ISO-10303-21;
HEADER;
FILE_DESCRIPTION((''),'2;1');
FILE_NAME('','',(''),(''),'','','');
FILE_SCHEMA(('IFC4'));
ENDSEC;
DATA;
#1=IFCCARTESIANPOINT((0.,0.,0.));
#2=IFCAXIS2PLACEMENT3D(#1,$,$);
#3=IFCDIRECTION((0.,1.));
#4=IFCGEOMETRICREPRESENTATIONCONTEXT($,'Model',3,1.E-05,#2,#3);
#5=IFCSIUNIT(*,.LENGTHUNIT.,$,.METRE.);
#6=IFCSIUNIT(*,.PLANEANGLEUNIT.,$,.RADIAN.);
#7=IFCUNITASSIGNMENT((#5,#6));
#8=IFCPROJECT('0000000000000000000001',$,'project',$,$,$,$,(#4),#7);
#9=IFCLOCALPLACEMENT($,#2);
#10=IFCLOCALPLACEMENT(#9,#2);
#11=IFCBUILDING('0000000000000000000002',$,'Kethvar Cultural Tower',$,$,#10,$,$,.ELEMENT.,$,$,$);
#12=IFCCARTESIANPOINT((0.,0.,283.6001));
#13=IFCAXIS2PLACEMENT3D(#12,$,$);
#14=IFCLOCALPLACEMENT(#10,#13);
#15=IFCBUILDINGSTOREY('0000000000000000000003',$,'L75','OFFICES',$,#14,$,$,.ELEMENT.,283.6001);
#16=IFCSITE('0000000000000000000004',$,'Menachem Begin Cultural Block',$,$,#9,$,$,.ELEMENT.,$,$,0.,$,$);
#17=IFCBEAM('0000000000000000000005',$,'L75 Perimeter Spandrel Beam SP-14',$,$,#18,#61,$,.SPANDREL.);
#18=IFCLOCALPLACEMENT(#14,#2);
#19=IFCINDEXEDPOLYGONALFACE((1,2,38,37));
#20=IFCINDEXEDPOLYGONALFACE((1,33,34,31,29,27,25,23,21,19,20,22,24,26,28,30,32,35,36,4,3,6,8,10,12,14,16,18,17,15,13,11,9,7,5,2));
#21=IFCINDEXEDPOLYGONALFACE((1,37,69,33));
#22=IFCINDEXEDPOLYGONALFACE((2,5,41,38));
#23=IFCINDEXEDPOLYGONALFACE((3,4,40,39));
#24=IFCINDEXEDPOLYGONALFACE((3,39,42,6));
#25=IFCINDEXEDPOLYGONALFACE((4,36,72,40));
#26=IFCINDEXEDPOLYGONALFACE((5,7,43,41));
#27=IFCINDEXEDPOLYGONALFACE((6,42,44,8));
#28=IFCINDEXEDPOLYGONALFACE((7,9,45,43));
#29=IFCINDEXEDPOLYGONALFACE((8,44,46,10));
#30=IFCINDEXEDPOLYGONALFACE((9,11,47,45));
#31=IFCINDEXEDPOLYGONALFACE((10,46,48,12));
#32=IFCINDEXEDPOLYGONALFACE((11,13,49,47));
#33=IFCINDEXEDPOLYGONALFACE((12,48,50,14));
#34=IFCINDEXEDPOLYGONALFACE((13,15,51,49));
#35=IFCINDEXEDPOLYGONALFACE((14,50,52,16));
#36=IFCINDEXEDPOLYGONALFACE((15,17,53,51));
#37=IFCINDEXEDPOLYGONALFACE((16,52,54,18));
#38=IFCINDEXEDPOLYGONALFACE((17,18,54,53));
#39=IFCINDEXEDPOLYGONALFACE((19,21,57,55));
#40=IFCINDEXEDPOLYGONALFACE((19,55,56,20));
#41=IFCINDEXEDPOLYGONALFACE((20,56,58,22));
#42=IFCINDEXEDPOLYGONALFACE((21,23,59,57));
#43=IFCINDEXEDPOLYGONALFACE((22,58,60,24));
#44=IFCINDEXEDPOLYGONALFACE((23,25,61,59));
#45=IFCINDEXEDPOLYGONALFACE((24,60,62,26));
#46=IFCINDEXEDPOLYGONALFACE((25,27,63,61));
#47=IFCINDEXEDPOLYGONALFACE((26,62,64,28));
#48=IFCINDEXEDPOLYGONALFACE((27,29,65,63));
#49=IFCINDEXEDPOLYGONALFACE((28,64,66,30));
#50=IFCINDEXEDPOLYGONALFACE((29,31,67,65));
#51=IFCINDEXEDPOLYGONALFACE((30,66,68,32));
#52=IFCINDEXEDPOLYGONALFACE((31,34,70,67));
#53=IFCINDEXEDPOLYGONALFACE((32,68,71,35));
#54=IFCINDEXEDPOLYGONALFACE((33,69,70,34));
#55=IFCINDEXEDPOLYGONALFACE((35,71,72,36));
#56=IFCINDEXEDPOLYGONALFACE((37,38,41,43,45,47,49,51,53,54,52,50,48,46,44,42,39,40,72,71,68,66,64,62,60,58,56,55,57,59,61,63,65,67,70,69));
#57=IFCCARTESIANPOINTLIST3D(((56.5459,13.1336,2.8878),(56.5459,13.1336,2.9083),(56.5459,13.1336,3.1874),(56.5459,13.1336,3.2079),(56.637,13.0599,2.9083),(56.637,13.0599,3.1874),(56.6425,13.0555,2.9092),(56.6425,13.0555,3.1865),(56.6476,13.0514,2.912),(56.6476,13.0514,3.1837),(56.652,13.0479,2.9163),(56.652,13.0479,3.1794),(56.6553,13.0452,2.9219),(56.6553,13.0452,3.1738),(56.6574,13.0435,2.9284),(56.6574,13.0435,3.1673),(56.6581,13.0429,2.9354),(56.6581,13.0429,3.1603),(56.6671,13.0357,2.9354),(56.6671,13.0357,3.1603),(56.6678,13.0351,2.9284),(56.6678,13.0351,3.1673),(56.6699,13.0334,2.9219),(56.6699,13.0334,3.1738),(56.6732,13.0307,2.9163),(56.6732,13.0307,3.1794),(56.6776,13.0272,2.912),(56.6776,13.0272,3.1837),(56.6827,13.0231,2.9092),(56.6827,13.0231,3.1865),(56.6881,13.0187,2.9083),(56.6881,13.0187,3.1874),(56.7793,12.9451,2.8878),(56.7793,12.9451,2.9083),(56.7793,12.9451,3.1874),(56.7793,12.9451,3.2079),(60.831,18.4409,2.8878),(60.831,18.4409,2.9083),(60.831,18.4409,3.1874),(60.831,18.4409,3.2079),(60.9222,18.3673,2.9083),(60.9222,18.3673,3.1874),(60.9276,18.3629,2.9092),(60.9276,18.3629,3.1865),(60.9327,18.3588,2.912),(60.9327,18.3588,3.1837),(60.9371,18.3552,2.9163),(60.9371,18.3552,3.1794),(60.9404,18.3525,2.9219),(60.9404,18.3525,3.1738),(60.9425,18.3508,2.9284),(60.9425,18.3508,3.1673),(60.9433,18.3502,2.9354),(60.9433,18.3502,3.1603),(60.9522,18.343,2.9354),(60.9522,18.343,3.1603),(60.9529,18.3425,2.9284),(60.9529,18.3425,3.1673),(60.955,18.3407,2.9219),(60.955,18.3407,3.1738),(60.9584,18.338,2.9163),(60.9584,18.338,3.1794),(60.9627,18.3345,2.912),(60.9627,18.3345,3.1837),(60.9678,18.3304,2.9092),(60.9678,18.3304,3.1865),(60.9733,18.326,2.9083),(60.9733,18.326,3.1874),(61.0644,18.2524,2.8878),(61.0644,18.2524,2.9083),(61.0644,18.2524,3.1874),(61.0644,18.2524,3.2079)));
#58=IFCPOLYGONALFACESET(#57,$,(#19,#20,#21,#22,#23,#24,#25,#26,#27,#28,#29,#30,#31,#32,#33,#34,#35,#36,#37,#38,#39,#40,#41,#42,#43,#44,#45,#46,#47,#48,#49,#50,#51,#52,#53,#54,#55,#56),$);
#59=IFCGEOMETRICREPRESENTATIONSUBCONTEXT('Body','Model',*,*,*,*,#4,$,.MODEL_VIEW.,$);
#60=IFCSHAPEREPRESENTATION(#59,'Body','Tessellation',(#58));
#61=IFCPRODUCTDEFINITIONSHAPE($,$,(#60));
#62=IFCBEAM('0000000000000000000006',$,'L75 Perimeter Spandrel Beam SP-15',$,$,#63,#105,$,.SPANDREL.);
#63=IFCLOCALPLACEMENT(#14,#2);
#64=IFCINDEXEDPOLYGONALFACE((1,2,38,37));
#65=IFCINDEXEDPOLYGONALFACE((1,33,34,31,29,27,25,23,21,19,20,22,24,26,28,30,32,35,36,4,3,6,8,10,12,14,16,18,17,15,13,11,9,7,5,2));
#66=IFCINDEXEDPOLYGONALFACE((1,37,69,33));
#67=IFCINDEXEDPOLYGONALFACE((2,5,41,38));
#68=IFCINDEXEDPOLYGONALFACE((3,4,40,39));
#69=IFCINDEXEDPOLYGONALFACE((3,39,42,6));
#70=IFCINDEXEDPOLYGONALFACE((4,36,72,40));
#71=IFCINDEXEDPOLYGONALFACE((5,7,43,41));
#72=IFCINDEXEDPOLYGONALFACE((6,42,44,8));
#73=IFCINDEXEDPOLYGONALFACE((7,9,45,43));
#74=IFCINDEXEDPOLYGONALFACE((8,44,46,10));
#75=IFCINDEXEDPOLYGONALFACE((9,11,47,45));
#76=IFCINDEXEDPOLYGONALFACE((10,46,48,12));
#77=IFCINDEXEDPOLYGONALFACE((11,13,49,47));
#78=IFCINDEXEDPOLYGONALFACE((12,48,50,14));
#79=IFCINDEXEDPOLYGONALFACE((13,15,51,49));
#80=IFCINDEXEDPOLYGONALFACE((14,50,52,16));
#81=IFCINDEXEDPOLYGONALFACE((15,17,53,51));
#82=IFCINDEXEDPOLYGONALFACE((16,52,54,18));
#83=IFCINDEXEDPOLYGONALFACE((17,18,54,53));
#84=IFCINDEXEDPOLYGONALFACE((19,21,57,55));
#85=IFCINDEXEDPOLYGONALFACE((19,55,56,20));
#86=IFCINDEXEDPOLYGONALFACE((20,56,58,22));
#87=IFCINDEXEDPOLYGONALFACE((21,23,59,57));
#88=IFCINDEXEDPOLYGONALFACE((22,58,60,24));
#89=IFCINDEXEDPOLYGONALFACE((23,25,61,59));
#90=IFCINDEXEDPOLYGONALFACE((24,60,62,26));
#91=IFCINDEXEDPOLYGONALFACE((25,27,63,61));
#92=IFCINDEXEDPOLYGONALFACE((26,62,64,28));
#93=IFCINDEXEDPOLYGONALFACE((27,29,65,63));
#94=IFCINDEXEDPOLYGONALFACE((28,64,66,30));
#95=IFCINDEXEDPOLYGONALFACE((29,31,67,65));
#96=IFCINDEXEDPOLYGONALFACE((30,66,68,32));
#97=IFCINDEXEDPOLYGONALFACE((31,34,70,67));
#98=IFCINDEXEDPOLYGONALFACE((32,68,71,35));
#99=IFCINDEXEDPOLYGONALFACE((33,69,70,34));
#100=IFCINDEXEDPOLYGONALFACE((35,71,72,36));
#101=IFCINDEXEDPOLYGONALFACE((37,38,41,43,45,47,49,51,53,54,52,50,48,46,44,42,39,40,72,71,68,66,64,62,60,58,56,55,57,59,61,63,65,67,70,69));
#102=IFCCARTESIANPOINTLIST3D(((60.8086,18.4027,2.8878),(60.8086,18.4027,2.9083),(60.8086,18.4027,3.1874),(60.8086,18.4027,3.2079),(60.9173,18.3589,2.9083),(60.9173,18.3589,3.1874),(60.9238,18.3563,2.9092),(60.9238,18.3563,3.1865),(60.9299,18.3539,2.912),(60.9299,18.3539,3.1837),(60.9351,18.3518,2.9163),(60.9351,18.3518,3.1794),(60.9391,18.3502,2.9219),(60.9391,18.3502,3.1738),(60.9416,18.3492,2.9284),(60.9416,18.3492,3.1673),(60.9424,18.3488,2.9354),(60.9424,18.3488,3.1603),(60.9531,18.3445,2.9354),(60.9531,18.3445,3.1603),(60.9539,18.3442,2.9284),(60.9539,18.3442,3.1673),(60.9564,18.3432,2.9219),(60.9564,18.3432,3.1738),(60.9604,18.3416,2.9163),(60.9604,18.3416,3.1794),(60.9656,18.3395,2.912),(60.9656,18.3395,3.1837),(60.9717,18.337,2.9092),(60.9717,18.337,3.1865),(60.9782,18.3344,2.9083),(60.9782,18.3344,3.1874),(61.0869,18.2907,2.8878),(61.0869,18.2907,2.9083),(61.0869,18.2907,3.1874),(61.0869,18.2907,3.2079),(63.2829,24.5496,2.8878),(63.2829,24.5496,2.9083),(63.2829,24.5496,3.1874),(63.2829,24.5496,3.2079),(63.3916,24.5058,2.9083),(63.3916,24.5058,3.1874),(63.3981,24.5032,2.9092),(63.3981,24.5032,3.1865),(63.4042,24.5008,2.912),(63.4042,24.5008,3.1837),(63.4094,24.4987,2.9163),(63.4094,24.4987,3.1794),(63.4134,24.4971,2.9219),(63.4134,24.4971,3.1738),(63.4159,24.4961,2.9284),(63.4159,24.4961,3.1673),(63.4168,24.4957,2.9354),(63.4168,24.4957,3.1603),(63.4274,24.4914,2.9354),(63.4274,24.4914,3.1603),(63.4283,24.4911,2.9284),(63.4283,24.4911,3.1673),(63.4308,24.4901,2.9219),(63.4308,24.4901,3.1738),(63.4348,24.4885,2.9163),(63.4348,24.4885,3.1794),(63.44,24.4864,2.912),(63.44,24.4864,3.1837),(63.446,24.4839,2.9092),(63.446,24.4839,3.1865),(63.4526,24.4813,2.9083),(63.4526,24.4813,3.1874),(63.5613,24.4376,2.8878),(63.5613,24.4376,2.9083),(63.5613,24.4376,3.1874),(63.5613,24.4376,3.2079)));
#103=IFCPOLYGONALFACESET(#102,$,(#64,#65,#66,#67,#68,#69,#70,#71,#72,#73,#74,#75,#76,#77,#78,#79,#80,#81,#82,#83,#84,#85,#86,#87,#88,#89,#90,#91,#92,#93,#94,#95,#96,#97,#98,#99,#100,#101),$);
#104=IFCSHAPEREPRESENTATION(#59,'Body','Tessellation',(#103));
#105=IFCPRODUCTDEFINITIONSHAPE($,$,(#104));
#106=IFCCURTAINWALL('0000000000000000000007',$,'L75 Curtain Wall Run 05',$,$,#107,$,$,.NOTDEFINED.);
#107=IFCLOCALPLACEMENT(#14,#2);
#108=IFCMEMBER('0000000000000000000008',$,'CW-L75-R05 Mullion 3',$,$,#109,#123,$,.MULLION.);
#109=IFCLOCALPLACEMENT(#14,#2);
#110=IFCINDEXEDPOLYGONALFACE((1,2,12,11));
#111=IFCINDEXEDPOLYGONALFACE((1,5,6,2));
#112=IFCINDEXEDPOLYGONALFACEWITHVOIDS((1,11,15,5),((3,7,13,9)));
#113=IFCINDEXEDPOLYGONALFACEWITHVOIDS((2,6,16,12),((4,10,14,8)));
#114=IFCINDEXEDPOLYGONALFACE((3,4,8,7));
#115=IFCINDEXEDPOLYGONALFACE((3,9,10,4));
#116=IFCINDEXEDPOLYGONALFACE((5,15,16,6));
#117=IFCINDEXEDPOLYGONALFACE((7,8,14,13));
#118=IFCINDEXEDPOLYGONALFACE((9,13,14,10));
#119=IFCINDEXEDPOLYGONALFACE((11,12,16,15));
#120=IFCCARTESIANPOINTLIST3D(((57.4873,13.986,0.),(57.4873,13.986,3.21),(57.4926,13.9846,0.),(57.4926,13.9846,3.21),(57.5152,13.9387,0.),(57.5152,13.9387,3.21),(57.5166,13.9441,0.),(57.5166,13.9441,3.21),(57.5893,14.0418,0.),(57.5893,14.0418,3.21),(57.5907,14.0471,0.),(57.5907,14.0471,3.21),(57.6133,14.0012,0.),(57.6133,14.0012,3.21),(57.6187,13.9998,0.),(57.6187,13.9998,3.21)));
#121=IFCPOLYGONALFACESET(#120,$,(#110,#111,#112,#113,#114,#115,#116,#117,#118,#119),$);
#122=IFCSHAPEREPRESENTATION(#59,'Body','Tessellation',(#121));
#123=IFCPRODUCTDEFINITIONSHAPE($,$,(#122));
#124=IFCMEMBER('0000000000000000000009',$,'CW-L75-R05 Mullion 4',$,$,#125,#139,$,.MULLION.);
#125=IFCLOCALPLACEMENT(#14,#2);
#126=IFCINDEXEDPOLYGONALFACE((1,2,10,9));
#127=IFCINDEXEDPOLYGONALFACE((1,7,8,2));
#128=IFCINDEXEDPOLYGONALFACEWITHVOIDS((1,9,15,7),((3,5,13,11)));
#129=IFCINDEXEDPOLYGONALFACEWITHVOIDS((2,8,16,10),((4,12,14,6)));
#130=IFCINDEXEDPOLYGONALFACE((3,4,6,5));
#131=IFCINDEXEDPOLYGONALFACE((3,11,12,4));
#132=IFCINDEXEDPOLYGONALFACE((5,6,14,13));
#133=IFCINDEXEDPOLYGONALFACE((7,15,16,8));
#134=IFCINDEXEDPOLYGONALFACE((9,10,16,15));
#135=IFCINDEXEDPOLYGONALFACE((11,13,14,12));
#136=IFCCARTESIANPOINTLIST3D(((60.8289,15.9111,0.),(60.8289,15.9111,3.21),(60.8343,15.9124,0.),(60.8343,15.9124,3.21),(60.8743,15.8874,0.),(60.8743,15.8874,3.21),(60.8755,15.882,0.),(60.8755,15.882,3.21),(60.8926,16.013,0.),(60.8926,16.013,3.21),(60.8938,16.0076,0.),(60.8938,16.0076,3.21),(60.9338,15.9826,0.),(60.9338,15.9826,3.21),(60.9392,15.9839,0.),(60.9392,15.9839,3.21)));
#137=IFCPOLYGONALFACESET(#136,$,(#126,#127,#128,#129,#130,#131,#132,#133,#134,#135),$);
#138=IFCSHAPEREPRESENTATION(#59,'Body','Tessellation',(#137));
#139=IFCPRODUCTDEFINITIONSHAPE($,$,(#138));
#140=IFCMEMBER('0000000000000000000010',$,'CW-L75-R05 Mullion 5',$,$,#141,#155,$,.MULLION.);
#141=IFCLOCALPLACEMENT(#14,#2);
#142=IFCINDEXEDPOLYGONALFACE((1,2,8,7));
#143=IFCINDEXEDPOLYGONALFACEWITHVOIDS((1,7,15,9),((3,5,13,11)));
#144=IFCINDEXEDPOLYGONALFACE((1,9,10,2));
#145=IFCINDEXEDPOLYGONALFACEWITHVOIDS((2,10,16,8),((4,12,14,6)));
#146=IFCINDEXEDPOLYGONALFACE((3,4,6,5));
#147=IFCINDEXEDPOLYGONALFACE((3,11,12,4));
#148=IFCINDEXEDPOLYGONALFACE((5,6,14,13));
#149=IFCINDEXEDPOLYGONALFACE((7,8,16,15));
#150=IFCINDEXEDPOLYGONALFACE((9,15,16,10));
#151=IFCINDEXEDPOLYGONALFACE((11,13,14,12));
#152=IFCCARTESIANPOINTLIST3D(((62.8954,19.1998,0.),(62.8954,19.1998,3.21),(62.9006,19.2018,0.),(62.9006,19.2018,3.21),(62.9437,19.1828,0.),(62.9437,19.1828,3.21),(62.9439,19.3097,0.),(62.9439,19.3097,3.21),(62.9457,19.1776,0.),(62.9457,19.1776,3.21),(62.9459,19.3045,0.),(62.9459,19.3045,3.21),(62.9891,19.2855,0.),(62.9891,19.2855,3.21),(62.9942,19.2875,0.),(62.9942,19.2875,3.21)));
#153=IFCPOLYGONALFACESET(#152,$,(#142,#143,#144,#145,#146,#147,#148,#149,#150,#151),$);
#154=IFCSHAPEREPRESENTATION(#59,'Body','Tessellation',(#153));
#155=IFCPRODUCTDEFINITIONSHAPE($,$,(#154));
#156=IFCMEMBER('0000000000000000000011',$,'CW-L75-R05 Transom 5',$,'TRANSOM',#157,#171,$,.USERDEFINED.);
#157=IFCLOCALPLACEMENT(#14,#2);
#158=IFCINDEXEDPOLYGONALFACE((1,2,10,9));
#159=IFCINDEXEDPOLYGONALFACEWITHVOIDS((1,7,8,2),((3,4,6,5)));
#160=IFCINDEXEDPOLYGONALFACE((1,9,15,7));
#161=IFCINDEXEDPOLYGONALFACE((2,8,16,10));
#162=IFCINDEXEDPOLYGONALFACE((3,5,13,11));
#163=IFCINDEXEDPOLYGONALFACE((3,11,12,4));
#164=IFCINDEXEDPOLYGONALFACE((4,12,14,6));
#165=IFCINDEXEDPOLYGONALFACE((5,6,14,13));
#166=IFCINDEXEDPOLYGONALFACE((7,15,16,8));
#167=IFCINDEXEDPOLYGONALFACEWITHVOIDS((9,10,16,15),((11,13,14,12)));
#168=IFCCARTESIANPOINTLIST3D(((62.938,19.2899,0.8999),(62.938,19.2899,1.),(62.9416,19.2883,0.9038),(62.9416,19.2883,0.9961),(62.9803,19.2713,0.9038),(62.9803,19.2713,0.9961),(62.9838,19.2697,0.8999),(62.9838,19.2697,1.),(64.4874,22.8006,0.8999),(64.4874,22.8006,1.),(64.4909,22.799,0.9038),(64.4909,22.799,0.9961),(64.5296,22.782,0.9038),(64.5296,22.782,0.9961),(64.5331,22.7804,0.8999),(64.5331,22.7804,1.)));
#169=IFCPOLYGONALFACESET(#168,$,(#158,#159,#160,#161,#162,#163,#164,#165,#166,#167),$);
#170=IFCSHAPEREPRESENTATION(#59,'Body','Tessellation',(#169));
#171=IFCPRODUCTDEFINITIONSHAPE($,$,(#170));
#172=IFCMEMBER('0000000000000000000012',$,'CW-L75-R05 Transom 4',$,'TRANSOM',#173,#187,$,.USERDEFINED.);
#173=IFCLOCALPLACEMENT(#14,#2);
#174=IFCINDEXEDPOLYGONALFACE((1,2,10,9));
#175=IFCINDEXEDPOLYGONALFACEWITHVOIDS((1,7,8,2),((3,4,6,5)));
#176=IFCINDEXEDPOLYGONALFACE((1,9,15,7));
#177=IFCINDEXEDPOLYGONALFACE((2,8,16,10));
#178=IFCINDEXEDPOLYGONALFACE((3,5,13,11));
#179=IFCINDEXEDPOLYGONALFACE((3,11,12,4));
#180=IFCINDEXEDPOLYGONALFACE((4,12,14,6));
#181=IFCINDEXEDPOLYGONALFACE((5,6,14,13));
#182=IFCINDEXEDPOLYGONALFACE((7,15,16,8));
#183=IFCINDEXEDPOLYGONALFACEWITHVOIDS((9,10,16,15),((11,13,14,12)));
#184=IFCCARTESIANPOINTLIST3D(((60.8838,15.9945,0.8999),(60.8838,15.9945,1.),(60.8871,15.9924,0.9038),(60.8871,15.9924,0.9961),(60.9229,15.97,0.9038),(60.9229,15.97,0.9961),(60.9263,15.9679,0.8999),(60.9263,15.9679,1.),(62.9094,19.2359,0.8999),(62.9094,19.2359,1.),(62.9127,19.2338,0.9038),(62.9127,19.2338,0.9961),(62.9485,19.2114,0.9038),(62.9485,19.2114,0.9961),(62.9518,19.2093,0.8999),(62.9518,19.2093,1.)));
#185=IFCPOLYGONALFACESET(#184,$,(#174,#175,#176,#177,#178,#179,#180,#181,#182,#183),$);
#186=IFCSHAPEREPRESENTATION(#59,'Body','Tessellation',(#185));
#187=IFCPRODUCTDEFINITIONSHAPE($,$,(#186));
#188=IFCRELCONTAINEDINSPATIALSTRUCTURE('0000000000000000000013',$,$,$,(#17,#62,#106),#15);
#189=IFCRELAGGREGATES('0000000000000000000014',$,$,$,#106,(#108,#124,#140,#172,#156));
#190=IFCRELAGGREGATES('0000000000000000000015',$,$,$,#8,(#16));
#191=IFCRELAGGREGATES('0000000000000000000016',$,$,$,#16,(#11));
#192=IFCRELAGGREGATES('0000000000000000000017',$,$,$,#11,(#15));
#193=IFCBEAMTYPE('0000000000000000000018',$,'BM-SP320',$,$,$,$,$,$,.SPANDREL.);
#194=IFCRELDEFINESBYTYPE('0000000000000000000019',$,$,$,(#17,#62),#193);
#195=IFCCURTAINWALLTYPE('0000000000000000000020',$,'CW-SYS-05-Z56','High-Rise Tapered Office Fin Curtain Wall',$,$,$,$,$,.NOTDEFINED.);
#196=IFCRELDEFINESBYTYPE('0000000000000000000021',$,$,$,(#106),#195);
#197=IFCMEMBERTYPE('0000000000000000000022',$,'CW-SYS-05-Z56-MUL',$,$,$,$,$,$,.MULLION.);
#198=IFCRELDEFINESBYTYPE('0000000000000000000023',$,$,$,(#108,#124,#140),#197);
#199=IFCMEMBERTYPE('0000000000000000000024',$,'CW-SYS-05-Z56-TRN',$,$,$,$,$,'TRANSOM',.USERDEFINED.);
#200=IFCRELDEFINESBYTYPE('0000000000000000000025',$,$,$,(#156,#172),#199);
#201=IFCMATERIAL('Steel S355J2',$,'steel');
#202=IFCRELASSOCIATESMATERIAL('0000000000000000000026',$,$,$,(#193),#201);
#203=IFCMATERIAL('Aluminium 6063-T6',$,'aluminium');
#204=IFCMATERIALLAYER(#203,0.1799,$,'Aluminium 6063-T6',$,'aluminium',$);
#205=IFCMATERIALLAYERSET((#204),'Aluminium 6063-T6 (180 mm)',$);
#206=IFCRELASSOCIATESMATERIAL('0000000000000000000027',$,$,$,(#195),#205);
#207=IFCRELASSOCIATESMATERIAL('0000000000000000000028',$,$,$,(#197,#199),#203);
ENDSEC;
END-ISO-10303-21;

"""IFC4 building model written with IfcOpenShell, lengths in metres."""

from ifc_helpers import new_model, si_unit, direction, frame, origin, origin_2d, place, context, subcontext, project, spatial, hollow_rectangle, i_section, extrude, source, transform, mapped, material, layer, layer_set, material_profile, profile_set, type_object, element, aggregate, save


model = new_model("IFC4")

# Units and contexts
model_context = context("Model", 3, precision=1e-05, world=origin(), true_north=direction((0.0, 1.0)))
body_context = subcontext(model_context, "Body", "Model", "MODEL_VIEW")
ifc_project = project(units=[si_unit("LENGTHUNIT", "METRE"), si_unit("PLANEANGLEUNIT", "RADIAN")], contexts=[model_context])

# Site, building, storey
site_placement = place(None, origin())
site = spatial("IfcSite", under=ifc_project, at=site_placement, Name="Menachem Begin Cultural Block", CompositionType="ELEMENT", RefElevation=0.0)
building_placement = place(site_placement, origin())
building = spatial("IfcBuilding", under=site, at=building_placement, Name="Kethvar Cultural Tower", CompositionType="ELEMENT")
storey_placement = place(building_placement, frame((0.0, 0.0, 283.6001)))
storey = spatial("IfcBuildingStorey", under=building, at=storey_placement, Name="L75", Description="OFFICES", CompositionType="ELEMENT", Elevation=283.6001)

# Shared definitions
ifc_material_1 = material(Name="Steel S355J2", Category="steel")

# Beams
ifc_material_profile_1 = material_profile(ifc_material_1, i_section(OverallWidth=0.3, OverallDepth=0.3201, WebThickness=0.0115, FlangeThickness=0.0205, FilletRadius=0.0271, at=origin_2d()), Name="Steel S355J2 — HEB320")
ifc_profile_set_1 = profile_set([ifc_material_profile_1], Name="Steel S355J2 — HEB320")
beam_type_1 = type_object("IfcBeamType", Name="BM-SP320", PredefinedType="SPANDREL", material=ifc_profile_set_1)
shared_shape_1 = source(origin(), body_context, "Body", "SweptSolid", [
    extrude(i_section(OverallWidth=0.3, OverallDepth=0.3201, WebThickness=0.0115, FlangeThickness=0.0205, FilletRadius=0.0271, at=origin_2d()), origin(), (0.0, 0.0, 1.0), 6.8213),
])
beam_1_placement = place(storey_placement, frame((56.6626, 13.0393, 3.0479), z_axis=(0.628198, 0.778054, 0.0), x_axis=(-0.778054, 0.628198, 0.0)))
element("IfcBeam", 1, at=beam_1_placement, inside=storey, type_object=beam_type_1, Name="L75 Perimeter Spandrel Beam SP-14", PredefinedType="SPANDREL", context=body_context, shape_type="MappedRepresentation", body=[
    mapped(shared_shape_1, transform((0.0, 0.0, 0.0), scale=1.0)),
])
shared_shape_2 = source(origin(), body_context, "Body", "SweptSolid", [
    extrude(i_section(OverallWidth=0.3, OverallDepth=0.3201, WebThickness=0.0115, FlangeThickness=0.0205, FilletRadius=0.0271, at=origin_2d()), origin(), (0.0, 0.0, 1.0), 6.6262),
])
beam_2_placement = place(storey_placement, frame((60.9478, 18.3467, 3.0479), z_axis=(0.373416, 0.927664, 0.0), x_axis=(-0.927664, 0.373416, 0.0)))
element("IfcBeam", 2, at=beam_2_placement, inside=storey, type_object=beam_type_1, Name="L75 Perimeter Spandrel Beam SP-15", PredefinedType="SPANDREL", context=body_context, shape_type="MappedRepresentation", body=[
    mapped(shared_shape_2, transform((0.0, 0.0, 0.0), scale=1.0)),
])

# Curtain wall, members
ifc_material_2 = material(Name="Aluminium 6063-T6", Category="aluminium")
ifc_layer_1 = layer(ifc_material_2, 0.1799, Name="Aluminium 6063-T6", Category="aluminium")
ifc_layer_set_1 = layer_set([ifc_layer_1], Name="Aluminium 6063-T6 (180 mm)")
curtain_wall_type = type_object("IfcCurtainWallType", Name="CW-SYS-05-Z56", Description="High-Rise Tapered Office Fin Curtain Wall", PredefinedType="NOTDEFINED", material=ifc_layer_set_1)
curtain_wall_placement = place(storey_placement, origin())
curtain_wall = element("IfcCurtainWall", 3, at=curtain_wall_placement, inside=storey, type_object=curtain_wall_type, Name="L75 Curtain Wall Run 05", PredefinedType="NOTDEFINED")
ifc_material_profile_2 = material_profile(ifc_material_2, hollow_rectangle(XDim=0.0549, YDim=0.1201, WallThickness=0.0039, at=origin_2d()), Name="Aluminium 6063-T6 — RHS120x55x4")
ifc_profile_set_2 = profile_set([ifc_material_profile_2], Name="Aluminium 6063-T6 — RHS120x55x4")
member_type_1 = type_object("IfcMemberType", Name="CW-SYS-05-Z56-MUL", PredefinedType="MULLION", material=ifc_profile_set_2)
shared_shape_3 = source(origin(), body_context, "Body", "SweptSolid", [
    extrude(hollow_rectangle(XDim=0.0549, YDim=0.1201, WallThickness=0.0039, at=origin_2d()), origin(), (0.0, 0.0, 1.0), 3.21),
])
member_1_placement = place(storey_placement, frame((57.553, 13.9929, 0.0), z_axis=(0.0, 0.0, 1.0), x_axis=(-0.508651, 0.860973, 0.0)))
member_1 = element("IfcMember", 4, at=member_1_placement, type_object=member_type_1, Name="CW-L75-R05 Mullion 3", PredefinedType="MULLION", context=body_context, shape_type="MappedRepresentation", body=[
    mapped(shared_shape_3, transform((0.0, 0.0, 0.0), scale=1.0)),
])
member_2_placement = place(storey_placement, frame((60.884, 15.9475, 0.0), z_axis=(0.0, 0.0, 1.0), x_axis=(-0.848039, 0.529934, 0.0)))
member_2 = element("IfcMember", 5, at=member_2_placement, type_object=member_type_1, Name="CW-L75-R05 Mullion 4", PredefinedType="MULLION", context=body_context, shape_type="MappedRepresentation", body=[
    mapped(shared_shape_3, transform((0.0, 0.0, 0.0), scale=1.0)),
])
member_3_placement = place(storey_placement, frame((62.9448, 19.2437, 0.0), z_axis=(0.0, 0.0, 1.0), x_axis=(-0.914861, 0.403769, 0.0)))
member_3 = element("IfcMember", 6, at=member_3_placement, type_object=member_type_1, Name="CW-L75-R05 Mullion 5", PredefinedType="MULLION", context=body_context, shape_type="MappedRepresentation", body=[
    mapped(shared_shape_3, transform((0.0, 0.0, 0.0), scale=1.0)),
])
ifc_material_profile_3 = material_profile(ifc_material_2, hollow_rectangle(XDim=0.05, YDim=0.1001, WallThickness=0.0039, at=origin_2d()), Name="Aluminium 6063-T6 — RHS100x50x4")
ifc_profile_set_3 = profile_set([ifc_material_profile_3], Name="Aluminium 6063-T6 — RHS100x50x4")
member_type_2 = type_object("IfcMemberType", Name="CW-SYS-05-Z56-TRN", ElementType="TRANSOM", PredefinedType="USERDEFINED", material=ifc_profile_set_3)
shared_shape_4 = source(origin(), body_context, "Body", "SweptSolid", [
    extrude(hollow_rectangle(XDim=0.05, YDim=0.1001, WallThickness=0.0039, at=origin_2d()), origin(), (0.0, 0.0, 1.0), 3.8374),
])
member_4_placement = place(storey_placement, frame((62.9609, 19.2798, 0.95), z_axis=(0.40374, 0.914874, 0.0), x_axis=(-0.914874, 0.40374, 0.0)))
member_4 = element("IfcMember", 7, at=member_4_placement, type_object=member_type_2, Name="CW-L75-R05 Transom 5", ObjectType="TRANSOM", PredefinedType="USERDEFINED", context=body_context, shape_type="MappedRepresentation", body=[
    mapped(shared_shape_4, transform((0.0, 0.0, 0.0), scale=1.0)),
])
shared_shape_5 = source(origin(), body_context, "Body", "SweptSolid", [
    extrude(hollow_rectangle(XDim=0.05, YDim=0.1001, WallThickness=0.0039, at=origin_2d()), origin(), (0.0, 0.0, 1.0), 3.8223),
])
member_5_placement = place(storey_placement, frame((60.905, 15.9812, 0.95), z_axis=(0.529947, 0.848031, 0.0), x_axis=(-0.848031, 0.529947, 0.0)))
member_5 = element("IfcMember", 8, at=member_5_placement, type_object=member_type_2, Name="CW-L75-R05 Transom 4", ObjectType="TRANSOM", PredefinedType="USERDEFINED", context=body_context, shape_type="MappedRepresentation", body=[
    mapped(shared_shape_5, transform((0.0, 0.0, 0.0), scale=1.0)),
])
aggregate(curtain_wall, [member_1, member_2, member_3, member_5, member_4])

save(model, "model.ifc")
